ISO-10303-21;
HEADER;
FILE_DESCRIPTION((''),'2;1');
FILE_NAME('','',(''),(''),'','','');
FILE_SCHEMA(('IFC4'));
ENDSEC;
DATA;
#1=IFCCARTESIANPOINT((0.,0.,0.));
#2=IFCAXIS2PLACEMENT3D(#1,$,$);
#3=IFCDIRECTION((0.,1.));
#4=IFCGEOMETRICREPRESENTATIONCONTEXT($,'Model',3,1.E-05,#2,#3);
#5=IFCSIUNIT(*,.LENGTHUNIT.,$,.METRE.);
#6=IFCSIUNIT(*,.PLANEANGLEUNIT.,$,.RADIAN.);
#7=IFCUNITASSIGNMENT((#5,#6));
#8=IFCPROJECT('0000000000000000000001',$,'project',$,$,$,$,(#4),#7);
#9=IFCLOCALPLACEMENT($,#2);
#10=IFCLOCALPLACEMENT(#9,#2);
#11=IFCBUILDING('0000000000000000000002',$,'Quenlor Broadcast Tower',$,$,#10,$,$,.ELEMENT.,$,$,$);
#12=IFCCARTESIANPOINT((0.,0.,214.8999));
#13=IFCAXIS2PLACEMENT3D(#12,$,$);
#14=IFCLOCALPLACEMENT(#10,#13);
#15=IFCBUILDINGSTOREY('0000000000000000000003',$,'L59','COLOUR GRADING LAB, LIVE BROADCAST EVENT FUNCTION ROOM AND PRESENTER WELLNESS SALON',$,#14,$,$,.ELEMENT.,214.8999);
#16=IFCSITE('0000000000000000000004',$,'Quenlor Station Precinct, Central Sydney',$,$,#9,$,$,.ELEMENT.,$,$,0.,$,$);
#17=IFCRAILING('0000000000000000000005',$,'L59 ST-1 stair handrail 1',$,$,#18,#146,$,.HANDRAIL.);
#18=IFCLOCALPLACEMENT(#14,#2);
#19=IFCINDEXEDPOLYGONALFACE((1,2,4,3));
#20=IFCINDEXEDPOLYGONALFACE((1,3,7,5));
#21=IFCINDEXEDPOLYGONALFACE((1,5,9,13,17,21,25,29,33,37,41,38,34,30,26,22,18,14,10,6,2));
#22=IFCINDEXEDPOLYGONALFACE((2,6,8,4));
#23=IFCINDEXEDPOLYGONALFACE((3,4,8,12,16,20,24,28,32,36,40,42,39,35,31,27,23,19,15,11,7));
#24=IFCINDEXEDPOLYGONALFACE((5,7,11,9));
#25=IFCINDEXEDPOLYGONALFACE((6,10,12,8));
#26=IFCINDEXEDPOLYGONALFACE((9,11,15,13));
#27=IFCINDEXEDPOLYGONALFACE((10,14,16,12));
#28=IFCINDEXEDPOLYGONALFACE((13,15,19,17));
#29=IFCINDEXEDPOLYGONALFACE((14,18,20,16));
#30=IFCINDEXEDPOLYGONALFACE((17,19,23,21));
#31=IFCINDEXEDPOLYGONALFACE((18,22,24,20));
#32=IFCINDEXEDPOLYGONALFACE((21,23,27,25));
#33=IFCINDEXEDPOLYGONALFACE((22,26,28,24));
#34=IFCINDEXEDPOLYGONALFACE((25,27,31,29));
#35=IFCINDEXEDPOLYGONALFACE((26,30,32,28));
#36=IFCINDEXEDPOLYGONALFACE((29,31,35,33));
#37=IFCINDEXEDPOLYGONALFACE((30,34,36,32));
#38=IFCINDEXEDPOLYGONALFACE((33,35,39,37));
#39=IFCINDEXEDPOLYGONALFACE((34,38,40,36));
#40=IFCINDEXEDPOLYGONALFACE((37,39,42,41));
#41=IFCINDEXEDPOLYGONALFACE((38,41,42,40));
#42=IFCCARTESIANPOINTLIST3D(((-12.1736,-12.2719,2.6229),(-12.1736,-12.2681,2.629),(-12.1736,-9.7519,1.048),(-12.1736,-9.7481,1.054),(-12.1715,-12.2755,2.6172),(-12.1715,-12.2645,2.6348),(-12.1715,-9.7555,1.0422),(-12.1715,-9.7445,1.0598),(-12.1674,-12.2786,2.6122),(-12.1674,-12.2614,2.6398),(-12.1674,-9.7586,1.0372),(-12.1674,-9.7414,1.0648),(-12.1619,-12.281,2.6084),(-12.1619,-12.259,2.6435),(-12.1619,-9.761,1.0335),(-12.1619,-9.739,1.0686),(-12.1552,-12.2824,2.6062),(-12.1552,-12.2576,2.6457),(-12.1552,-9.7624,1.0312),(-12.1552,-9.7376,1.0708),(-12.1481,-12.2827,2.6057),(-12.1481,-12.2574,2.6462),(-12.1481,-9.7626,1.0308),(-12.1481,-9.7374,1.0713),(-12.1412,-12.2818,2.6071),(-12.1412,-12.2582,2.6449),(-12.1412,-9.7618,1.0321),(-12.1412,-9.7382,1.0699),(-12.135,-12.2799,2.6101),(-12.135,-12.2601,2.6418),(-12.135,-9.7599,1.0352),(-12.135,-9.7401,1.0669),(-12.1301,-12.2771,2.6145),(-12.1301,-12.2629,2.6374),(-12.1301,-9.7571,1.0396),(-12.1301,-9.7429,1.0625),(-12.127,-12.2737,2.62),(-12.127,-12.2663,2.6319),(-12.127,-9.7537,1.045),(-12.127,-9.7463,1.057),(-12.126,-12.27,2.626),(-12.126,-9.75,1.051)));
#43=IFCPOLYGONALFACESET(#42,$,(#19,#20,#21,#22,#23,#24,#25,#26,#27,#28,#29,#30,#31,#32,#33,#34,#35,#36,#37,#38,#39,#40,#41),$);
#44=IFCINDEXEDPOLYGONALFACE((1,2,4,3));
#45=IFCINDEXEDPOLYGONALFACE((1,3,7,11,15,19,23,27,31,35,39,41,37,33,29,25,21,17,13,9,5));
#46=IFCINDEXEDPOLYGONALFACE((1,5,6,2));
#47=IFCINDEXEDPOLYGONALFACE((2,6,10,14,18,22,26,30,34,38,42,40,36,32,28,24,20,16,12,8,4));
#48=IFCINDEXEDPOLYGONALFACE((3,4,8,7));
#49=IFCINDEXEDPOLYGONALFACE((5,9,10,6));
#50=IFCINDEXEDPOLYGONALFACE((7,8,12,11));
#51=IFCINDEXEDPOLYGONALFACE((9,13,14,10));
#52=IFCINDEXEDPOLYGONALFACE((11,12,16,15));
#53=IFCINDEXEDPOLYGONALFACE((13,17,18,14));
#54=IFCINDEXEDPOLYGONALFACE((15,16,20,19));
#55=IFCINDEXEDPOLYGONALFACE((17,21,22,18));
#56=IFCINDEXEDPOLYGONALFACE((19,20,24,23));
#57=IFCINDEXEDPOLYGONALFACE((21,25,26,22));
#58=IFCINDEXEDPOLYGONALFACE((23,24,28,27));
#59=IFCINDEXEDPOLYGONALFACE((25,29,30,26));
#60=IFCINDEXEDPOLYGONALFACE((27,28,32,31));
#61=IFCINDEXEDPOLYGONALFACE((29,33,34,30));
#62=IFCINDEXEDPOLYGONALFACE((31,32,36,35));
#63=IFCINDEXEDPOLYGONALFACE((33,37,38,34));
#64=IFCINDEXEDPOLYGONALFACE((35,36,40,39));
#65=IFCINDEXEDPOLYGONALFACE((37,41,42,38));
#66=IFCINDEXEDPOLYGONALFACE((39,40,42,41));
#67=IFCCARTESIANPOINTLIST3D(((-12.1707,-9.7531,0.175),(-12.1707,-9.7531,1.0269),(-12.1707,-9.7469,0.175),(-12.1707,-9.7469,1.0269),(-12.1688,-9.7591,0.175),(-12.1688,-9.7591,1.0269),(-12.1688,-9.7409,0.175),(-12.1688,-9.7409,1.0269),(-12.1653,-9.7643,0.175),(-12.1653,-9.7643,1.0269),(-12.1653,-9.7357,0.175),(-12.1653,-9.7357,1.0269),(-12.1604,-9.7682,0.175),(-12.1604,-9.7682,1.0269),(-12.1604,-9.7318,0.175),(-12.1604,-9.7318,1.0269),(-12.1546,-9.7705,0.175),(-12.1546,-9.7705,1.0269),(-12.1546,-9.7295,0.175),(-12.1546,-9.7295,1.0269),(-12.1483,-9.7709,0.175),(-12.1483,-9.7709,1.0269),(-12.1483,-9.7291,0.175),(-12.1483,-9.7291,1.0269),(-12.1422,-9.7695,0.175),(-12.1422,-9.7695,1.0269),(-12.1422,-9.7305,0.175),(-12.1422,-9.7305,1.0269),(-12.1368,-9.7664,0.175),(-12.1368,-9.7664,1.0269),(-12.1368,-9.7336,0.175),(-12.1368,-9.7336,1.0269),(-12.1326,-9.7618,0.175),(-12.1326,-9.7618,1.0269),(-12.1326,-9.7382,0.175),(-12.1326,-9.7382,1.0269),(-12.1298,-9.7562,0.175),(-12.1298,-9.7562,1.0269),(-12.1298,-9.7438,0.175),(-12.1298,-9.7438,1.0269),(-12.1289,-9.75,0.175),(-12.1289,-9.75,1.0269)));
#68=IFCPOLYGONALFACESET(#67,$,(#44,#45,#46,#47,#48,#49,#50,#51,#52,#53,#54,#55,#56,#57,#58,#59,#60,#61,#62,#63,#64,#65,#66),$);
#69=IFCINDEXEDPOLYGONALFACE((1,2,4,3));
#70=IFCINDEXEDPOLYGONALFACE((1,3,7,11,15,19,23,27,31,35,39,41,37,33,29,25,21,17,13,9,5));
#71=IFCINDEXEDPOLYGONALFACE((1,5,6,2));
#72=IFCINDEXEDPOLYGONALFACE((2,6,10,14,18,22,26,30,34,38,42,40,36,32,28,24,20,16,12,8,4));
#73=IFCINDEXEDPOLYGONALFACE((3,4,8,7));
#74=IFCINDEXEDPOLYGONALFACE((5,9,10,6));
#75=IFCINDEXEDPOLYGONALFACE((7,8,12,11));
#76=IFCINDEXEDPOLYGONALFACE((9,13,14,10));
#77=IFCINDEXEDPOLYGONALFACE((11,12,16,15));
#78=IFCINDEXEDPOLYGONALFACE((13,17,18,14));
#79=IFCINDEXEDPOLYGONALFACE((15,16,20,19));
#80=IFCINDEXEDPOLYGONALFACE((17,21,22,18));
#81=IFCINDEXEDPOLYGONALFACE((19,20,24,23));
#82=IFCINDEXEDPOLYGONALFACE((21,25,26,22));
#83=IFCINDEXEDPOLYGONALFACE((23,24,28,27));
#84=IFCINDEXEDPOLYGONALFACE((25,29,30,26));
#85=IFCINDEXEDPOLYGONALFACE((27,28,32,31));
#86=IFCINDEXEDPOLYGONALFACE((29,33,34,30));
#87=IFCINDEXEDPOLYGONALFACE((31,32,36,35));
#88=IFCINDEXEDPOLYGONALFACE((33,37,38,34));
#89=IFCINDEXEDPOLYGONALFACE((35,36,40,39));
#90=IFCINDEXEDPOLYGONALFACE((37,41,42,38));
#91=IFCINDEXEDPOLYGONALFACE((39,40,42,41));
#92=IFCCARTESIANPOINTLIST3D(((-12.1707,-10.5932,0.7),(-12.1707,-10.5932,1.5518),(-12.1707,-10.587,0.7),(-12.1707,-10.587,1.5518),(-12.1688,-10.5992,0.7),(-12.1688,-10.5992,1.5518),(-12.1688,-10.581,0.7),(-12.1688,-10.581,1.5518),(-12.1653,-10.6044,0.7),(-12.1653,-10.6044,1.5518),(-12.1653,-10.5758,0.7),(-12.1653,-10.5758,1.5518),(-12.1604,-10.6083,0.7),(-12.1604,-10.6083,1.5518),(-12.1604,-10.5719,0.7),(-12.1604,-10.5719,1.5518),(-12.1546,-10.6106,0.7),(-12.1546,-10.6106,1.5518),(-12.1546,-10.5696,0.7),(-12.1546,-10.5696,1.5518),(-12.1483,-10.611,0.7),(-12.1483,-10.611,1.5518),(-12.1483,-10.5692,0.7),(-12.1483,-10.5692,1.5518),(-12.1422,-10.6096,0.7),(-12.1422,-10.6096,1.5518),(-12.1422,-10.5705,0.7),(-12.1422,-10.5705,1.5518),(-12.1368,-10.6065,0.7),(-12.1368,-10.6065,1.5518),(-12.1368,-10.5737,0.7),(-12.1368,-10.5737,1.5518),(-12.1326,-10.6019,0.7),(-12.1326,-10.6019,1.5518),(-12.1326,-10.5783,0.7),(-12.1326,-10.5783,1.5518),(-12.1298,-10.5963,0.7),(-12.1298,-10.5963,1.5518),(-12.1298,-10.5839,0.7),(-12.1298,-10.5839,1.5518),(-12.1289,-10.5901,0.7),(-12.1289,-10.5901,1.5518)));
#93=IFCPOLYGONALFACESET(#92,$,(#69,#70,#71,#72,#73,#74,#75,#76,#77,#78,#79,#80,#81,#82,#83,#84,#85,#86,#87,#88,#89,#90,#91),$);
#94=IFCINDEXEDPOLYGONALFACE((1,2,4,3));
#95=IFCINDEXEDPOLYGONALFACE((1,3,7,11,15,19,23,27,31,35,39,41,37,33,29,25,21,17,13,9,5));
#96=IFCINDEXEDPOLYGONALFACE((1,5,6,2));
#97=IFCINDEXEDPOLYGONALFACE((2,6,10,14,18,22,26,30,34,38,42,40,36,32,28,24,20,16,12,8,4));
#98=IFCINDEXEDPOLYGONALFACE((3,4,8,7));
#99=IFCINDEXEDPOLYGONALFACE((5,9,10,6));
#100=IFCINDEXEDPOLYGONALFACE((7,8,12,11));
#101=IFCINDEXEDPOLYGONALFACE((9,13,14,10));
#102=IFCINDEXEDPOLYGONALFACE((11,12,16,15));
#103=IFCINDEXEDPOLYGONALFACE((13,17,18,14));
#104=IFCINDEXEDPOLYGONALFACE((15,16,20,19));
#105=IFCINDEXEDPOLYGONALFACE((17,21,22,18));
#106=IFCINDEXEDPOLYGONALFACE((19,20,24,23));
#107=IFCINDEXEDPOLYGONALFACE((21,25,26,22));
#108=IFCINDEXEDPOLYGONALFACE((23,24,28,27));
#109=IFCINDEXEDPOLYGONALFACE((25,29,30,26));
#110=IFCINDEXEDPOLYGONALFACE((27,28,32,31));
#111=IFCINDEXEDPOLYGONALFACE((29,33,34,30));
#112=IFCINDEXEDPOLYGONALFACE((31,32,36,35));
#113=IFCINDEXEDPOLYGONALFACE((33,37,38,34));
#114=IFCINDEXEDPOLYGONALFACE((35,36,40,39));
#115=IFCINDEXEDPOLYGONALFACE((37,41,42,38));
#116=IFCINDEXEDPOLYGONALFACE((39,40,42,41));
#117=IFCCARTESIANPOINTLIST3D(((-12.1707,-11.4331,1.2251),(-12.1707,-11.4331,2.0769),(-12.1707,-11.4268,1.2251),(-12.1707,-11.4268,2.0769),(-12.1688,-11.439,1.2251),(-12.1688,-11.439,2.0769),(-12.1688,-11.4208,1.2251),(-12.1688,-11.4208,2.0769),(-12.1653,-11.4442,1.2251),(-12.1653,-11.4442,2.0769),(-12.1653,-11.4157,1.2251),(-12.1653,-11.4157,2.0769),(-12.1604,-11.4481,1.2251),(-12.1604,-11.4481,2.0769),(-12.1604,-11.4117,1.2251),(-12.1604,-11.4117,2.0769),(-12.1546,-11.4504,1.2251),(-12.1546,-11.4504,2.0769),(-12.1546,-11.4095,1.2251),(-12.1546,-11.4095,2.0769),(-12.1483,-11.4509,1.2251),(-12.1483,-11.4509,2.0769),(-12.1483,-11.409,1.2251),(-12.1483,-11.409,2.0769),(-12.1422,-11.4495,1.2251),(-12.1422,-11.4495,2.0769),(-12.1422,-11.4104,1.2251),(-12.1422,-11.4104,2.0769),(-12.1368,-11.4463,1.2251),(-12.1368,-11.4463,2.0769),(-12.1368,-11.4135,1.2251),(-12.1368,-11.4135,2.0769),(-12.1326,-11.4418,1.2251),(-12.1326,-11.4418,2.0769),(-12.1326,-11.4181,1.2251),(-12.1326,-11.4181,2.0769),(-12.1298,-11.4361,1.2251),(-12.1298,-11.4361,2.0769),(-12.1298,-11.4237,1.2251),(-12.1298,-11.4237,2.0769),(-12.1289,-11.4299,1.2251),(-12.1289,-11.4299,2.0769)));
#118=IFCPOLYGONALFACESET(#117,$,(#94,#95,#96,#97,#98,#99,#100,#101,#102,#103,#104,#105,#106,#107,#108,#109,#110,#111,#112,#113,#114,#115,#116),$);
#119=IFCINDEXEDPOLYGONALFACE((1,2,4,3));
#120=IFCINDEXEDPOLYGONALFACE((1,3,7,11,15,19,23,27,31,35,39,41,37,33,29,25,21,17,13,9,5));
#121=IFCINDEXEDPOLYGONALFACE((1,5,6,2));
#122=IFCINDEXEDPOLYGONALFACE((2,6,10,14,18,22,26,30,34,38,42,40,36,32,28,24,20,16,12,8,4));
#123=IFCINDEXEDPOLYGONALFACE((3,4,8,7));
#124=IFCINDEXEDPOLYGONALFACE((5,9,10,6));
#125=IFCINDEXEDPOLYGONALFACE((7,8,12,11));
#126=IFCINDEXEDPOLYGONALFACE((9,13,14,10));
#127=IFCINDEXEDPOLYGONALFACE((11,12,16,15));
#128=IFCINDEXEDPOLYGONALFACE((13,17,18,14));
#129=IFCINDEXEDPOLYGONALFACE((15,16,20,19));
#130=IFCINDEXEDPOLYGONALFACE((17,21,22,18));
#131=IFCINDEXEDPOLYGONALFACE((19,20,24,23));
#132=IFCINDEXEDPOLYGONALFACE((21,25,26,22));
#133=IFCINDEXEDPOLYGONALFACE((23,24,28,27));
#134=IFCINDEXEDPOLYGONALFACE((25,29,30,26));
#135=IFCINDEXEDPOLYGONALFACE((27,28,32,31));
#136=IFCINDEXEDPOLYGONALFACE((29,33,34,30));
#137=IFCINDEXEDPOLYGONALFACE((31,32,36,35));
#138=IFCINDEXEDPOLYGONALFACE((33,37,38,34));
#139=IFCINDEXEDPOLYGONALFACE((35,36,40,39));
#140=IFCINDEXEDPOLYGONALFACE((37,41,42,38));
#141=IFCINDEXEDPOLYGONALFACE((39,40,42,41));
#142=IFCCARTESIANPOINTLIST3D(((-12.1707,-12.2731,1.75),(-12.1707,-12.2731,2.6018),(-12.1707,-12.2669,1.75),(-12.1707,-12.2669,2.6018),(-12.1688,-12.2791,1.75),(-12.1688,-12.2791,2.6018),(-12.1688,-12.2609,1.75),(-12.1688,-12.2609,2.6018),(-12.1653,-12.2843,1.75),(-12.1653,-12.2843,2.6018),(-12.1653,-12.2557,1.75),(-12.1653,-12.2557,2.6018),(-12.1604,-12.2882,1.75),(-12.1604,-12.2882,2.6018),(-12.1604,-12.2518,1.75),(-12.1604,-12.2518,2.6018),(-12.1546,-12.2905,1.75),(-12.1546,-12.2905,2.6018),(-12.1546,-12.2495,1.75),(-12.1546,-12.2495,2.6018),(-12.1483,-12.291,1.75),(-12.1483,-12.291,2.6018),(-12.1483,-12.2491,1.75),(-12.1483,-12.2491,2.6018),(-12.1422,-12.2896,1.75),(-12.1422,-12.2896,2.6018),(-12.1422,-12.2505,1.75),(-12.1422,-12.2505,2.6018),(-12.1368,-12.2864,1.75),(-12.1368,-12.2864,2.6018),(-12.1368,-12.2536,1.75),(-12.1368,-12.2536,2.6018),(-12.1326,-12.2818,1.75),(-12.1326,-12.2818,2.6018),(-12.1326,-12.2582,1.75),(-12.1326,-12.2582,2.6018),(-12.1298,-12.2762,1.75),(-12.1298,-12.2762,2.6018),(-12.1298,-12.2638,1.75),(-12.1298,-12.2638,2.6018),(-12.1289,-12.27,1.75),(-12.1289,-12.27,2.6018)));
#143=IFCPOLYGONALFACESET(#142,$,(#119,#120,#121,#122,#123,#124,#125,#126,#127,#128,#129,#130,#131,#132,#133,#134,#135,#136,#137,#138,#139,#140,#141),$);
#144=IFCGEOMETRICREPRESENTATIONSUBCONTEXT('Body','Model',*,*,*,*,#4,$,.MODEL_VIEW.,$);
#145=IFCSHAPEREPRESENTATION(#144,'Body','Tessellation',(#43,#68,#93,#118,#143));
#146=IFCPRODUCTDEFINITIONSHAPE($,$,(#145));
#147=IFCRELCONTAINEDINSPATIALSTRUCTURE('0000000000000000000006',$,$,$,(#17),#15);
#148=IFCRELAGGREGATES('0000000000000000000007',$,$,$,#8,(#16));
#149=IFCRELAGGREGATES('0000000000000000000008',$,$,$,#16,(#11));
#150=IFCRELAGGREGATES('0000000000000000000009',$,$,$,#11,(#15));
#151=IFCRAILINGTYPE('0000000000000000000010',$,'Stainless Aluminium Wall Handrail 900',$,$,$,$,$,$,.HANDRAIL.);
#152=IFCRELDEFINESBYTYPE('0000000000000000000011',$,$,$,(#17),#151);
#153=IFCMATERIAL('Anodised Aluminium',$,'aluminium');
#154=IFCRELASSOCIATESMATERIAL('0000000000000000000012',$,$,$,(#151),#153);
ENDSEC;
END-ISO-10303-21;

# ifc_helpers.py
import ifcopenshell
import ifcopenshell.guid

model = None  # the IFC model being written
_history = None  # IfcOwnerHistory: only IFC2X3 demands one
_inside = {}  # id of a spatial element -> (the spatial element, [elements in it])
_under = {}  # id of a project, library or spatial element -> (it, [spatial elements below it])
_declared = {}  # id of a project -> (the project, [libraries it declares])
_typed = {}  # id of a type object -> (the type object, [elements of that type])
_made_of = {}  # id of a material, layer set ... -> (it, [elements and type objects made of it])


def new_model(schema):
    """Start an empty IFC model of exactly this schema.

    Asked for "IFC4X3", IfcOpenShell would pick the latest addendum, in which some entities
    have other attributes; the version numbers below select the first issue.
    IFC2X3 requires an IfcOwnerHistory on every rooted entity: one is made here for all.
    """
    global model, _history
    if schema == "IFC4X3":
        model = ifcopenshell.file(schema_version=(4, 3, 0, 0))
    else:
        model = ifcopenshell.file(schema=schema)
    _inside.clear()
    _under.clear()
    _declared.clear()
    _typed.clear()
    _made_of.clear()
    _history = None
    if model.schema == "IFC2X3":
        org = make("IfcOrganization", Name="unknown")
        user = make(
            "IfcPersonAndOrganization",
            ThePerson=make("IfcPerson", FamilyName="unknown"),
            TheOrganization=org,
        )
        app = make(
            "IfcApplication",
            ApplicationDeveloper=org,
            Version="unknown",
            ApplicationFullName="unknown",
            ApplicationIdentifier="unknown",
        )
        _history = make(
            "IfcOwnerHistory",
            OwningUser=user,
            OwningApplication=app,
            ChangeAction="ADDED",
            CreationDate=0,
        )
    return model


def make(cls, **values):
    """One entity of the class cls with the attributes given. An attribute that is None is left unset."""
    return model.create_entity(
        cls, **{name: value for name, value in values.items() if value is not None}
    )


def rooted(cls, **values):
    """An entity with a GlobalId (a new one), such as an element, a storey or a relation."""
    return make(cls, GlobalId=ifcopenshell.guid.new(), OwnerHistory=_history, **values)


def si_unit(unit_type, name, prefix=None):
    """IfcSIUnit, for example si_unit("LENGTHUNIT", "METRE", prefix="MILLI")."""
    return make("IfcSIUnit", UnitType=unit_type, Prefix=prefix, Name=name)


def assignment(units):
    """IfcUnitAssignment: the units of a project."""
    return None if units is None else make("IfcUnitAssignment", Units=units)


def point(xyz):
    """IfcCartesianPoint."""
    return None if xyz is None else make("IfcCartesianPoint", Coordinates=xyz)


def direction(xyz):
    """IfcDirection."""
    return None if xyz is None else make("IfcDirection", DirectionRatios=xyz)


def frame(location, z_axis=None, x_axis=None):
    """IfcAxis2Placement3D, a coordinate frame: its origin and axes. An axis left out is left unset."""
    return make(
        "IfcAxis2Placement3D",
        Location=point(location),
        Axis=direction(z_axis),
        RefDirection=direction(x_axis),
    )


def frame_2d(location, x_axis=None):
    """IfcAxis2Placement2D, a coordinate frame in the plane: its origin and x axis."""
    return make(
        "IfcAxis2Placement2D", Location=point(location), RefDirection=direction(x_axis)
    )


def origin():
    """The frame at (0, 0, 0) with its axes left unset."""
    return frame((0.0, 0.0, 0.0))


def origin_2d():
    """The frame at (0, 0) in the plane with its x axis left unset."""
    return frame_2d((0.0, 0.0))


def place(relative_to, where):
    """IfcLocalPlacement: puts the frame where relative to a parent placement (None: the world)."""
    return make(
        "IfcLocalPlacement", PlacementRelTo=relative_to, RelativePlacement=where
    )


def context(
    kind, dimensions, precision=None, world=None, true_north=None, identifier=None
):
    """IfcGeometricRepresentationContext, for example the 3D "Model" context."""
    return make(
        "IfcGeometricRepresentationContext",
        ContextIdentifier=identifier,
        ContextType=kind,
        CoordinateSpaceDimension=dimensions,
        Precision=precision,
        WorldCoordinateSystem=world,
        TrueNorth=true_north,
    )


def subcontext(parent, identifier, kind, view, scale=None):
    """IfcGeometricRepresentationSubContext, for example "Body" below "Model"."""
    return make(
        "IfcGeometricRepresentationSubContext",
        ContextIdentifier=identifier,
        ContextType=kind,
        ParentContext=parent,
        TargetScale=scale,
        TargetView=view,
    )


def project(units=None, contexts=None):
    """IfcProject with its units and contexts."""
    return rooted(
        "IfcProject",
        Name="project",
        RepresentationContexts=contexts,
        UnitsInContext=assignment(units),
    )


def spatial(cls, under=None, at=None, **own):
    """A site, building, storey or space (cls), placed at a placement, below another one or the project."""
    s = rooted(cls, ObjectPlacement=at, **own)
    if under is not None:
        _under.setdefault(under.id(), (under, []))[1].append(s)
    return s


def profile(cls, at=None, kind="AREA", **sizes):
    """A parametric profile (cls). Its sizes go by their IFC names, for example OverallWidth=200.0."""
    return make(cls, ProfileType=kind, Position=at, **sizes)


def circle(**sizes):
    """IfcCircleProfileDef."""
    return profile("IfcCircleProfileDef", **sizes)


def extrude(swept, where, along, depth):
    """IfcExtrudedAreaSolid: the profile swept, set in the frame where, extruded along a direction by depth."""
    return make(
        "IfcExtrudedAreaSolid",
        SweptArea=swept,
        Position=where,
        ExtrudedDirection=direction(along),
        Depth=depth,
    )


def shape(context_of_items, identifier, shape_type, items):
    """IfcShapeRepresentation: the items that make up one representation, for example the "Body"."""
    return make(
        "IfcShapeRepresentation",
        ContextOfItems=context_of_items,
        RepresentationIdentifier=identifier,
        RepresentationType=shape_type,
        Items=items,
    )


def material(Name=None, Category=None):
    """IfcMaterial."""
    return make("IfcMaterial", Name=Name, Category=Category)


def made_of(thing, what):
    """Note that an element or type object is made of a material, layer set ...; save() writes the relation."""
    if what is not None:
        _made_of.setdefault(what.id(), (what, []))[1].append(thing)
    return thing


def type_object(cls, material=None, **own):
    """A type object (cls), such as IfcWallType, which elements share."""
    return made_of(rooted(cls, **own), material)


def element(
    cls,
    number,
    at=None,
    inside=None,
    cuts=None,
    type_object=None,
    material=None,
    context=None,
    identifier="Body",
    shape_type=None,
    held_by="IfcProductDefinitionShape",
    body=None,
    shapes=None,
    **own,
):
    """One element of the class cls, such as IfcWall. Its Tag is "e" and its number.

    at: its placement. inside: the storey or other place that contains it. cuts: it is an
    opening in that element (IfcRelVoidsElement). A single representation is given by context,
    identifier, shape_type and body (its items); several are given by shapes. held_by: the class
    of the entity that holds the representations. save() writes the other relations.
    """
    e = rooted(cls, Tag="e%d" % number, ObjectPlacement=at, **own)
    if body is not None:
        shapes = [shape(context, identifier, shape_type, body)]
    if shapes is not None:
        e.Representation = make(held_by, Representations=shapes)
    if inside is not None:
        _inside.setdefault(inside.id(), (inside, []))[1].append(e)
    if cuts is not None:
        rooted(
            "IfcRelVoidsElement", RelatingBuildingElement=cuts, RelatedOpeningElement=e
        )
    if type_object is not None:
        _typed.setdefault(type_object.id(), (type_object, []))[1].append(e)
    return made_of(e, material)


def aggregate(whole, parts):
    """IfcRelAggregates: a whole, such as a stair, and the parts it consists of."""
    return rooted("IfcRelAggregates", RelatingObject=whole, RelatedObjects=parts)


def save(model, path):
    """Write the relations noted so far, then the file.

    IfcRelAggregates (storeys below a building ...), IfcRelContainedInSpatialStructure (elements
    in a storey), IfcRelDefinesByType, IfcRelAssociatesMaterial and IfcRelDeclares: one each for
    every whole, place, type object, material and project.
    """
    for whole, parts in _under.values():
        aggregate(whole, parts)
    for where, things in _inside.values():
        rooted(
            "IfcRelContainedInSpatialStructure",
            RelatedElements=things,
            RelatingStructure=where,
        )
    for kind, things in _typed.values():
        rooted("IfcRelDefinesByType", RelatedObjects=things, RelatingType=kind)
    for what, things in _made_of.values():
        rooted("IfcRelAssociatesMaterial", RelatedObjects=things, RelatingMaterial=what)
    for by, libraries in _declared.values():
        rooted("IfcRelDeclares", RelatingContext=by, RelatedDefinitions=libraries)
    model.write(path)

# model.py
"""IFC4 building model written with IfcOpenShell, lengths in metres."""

from ifc_helpers import new_model, si_unit, direction, frame, origin, origin_2d, place, context, subcontext, project, spatial, circle, extrude, material, type_object, element, save


model = new_model("IFC4")

# Units and contexts
model_context = context("Model", 3, precision=1e-05, world=origin(), true_north=direction((0.0, 1.0)))
body_context = subcontext(model_context, "Body", "Model", "MODEL_VIEW")
ifc_project = project(units=[si_unit("LENGTHUNIT", "METRE"), si_unit("PLANEANGLEUNIT", "RADIAN")], contexts=[model_context])

# Site, building, storey
site_placement = place(None, origin())
site = spatial("IfcSite", under=ifc_project, at=site_placement, Name="Quenlor Station Precinct, Central Sydney", CompositionType="ELEMENT", RefElevation=0.0)
building_placement = place(site_placement, origin())
building = spatial("IfcBuilding", under=site, at=building_placement, Name="Quenlor Broadcast Tower", CompositionType="ELEMENT")
storey_placement = place(building_placement, frame((0.0, 0.0, 214.8999)))
storey = spatial("IfcBuildingStorey", under=building, at=storey_placement, Name="L59", Description="COLOUR GRADING LAB, LIVE BROADCAST EVENT FUNCTION ROOM AND PRESENTER WELLNESS SALON", CompositionType="ELEMENT", Elevation=214.8999)

# Railing
ifc_material_1 = material(Name="Anodised Aluminium", Category="aluminium")
railing_type_1 = type_object("IfcRailingType", Name="Stainless Aluminium Wall Handrail 900", PredefinedType="HANDRAIL", material=ifc_material_1)
railing_1_placement = place(storey_placement, frame((-12.1499, -9.75, 0.175)))
element("IfcRailing", 1, at=railing_1_placement, inside=storey, type_object=railing_type_1, Name="L59 ST-1 stair handrail 1", PredefinedType="HANDRAIL", context=body_context, shape_type="SweptSolid", body=[
    extrude(circle(Radius=0.0239, at=origin_2d()), frame((0.0, 0.0, 0.876), z_axis=(0.0, -0.848008, 0.529984), x_axis=(1.0, 0.0, 0.0)), (0.0, 0.0, 1.0), 2.9717),
    extrude(circle(Radius=0.021, at=origin_2d()), origin(), (0.0, 0.0, 1.0), 0.8518),
    extrude(circle(Radius=0.021, at=origin_2d()), frame((0.0, -0.8401, 0.5249)), (0.0, 0.0, 1.0), 0.8518),
    extrude(circle(Radius=0.021, at=origin_2d()), frame((0.0, -1.6799, 1.05)), (0.0, 0.0, 1.0), 0.8518),
    extrude(circle(Radius=0.021, at=origin_2d()), frame((0.0, -2.52, 1.575)), (0.0, 0.0, 1.0), 0.8518),
])

save(model, "model.ifc")
